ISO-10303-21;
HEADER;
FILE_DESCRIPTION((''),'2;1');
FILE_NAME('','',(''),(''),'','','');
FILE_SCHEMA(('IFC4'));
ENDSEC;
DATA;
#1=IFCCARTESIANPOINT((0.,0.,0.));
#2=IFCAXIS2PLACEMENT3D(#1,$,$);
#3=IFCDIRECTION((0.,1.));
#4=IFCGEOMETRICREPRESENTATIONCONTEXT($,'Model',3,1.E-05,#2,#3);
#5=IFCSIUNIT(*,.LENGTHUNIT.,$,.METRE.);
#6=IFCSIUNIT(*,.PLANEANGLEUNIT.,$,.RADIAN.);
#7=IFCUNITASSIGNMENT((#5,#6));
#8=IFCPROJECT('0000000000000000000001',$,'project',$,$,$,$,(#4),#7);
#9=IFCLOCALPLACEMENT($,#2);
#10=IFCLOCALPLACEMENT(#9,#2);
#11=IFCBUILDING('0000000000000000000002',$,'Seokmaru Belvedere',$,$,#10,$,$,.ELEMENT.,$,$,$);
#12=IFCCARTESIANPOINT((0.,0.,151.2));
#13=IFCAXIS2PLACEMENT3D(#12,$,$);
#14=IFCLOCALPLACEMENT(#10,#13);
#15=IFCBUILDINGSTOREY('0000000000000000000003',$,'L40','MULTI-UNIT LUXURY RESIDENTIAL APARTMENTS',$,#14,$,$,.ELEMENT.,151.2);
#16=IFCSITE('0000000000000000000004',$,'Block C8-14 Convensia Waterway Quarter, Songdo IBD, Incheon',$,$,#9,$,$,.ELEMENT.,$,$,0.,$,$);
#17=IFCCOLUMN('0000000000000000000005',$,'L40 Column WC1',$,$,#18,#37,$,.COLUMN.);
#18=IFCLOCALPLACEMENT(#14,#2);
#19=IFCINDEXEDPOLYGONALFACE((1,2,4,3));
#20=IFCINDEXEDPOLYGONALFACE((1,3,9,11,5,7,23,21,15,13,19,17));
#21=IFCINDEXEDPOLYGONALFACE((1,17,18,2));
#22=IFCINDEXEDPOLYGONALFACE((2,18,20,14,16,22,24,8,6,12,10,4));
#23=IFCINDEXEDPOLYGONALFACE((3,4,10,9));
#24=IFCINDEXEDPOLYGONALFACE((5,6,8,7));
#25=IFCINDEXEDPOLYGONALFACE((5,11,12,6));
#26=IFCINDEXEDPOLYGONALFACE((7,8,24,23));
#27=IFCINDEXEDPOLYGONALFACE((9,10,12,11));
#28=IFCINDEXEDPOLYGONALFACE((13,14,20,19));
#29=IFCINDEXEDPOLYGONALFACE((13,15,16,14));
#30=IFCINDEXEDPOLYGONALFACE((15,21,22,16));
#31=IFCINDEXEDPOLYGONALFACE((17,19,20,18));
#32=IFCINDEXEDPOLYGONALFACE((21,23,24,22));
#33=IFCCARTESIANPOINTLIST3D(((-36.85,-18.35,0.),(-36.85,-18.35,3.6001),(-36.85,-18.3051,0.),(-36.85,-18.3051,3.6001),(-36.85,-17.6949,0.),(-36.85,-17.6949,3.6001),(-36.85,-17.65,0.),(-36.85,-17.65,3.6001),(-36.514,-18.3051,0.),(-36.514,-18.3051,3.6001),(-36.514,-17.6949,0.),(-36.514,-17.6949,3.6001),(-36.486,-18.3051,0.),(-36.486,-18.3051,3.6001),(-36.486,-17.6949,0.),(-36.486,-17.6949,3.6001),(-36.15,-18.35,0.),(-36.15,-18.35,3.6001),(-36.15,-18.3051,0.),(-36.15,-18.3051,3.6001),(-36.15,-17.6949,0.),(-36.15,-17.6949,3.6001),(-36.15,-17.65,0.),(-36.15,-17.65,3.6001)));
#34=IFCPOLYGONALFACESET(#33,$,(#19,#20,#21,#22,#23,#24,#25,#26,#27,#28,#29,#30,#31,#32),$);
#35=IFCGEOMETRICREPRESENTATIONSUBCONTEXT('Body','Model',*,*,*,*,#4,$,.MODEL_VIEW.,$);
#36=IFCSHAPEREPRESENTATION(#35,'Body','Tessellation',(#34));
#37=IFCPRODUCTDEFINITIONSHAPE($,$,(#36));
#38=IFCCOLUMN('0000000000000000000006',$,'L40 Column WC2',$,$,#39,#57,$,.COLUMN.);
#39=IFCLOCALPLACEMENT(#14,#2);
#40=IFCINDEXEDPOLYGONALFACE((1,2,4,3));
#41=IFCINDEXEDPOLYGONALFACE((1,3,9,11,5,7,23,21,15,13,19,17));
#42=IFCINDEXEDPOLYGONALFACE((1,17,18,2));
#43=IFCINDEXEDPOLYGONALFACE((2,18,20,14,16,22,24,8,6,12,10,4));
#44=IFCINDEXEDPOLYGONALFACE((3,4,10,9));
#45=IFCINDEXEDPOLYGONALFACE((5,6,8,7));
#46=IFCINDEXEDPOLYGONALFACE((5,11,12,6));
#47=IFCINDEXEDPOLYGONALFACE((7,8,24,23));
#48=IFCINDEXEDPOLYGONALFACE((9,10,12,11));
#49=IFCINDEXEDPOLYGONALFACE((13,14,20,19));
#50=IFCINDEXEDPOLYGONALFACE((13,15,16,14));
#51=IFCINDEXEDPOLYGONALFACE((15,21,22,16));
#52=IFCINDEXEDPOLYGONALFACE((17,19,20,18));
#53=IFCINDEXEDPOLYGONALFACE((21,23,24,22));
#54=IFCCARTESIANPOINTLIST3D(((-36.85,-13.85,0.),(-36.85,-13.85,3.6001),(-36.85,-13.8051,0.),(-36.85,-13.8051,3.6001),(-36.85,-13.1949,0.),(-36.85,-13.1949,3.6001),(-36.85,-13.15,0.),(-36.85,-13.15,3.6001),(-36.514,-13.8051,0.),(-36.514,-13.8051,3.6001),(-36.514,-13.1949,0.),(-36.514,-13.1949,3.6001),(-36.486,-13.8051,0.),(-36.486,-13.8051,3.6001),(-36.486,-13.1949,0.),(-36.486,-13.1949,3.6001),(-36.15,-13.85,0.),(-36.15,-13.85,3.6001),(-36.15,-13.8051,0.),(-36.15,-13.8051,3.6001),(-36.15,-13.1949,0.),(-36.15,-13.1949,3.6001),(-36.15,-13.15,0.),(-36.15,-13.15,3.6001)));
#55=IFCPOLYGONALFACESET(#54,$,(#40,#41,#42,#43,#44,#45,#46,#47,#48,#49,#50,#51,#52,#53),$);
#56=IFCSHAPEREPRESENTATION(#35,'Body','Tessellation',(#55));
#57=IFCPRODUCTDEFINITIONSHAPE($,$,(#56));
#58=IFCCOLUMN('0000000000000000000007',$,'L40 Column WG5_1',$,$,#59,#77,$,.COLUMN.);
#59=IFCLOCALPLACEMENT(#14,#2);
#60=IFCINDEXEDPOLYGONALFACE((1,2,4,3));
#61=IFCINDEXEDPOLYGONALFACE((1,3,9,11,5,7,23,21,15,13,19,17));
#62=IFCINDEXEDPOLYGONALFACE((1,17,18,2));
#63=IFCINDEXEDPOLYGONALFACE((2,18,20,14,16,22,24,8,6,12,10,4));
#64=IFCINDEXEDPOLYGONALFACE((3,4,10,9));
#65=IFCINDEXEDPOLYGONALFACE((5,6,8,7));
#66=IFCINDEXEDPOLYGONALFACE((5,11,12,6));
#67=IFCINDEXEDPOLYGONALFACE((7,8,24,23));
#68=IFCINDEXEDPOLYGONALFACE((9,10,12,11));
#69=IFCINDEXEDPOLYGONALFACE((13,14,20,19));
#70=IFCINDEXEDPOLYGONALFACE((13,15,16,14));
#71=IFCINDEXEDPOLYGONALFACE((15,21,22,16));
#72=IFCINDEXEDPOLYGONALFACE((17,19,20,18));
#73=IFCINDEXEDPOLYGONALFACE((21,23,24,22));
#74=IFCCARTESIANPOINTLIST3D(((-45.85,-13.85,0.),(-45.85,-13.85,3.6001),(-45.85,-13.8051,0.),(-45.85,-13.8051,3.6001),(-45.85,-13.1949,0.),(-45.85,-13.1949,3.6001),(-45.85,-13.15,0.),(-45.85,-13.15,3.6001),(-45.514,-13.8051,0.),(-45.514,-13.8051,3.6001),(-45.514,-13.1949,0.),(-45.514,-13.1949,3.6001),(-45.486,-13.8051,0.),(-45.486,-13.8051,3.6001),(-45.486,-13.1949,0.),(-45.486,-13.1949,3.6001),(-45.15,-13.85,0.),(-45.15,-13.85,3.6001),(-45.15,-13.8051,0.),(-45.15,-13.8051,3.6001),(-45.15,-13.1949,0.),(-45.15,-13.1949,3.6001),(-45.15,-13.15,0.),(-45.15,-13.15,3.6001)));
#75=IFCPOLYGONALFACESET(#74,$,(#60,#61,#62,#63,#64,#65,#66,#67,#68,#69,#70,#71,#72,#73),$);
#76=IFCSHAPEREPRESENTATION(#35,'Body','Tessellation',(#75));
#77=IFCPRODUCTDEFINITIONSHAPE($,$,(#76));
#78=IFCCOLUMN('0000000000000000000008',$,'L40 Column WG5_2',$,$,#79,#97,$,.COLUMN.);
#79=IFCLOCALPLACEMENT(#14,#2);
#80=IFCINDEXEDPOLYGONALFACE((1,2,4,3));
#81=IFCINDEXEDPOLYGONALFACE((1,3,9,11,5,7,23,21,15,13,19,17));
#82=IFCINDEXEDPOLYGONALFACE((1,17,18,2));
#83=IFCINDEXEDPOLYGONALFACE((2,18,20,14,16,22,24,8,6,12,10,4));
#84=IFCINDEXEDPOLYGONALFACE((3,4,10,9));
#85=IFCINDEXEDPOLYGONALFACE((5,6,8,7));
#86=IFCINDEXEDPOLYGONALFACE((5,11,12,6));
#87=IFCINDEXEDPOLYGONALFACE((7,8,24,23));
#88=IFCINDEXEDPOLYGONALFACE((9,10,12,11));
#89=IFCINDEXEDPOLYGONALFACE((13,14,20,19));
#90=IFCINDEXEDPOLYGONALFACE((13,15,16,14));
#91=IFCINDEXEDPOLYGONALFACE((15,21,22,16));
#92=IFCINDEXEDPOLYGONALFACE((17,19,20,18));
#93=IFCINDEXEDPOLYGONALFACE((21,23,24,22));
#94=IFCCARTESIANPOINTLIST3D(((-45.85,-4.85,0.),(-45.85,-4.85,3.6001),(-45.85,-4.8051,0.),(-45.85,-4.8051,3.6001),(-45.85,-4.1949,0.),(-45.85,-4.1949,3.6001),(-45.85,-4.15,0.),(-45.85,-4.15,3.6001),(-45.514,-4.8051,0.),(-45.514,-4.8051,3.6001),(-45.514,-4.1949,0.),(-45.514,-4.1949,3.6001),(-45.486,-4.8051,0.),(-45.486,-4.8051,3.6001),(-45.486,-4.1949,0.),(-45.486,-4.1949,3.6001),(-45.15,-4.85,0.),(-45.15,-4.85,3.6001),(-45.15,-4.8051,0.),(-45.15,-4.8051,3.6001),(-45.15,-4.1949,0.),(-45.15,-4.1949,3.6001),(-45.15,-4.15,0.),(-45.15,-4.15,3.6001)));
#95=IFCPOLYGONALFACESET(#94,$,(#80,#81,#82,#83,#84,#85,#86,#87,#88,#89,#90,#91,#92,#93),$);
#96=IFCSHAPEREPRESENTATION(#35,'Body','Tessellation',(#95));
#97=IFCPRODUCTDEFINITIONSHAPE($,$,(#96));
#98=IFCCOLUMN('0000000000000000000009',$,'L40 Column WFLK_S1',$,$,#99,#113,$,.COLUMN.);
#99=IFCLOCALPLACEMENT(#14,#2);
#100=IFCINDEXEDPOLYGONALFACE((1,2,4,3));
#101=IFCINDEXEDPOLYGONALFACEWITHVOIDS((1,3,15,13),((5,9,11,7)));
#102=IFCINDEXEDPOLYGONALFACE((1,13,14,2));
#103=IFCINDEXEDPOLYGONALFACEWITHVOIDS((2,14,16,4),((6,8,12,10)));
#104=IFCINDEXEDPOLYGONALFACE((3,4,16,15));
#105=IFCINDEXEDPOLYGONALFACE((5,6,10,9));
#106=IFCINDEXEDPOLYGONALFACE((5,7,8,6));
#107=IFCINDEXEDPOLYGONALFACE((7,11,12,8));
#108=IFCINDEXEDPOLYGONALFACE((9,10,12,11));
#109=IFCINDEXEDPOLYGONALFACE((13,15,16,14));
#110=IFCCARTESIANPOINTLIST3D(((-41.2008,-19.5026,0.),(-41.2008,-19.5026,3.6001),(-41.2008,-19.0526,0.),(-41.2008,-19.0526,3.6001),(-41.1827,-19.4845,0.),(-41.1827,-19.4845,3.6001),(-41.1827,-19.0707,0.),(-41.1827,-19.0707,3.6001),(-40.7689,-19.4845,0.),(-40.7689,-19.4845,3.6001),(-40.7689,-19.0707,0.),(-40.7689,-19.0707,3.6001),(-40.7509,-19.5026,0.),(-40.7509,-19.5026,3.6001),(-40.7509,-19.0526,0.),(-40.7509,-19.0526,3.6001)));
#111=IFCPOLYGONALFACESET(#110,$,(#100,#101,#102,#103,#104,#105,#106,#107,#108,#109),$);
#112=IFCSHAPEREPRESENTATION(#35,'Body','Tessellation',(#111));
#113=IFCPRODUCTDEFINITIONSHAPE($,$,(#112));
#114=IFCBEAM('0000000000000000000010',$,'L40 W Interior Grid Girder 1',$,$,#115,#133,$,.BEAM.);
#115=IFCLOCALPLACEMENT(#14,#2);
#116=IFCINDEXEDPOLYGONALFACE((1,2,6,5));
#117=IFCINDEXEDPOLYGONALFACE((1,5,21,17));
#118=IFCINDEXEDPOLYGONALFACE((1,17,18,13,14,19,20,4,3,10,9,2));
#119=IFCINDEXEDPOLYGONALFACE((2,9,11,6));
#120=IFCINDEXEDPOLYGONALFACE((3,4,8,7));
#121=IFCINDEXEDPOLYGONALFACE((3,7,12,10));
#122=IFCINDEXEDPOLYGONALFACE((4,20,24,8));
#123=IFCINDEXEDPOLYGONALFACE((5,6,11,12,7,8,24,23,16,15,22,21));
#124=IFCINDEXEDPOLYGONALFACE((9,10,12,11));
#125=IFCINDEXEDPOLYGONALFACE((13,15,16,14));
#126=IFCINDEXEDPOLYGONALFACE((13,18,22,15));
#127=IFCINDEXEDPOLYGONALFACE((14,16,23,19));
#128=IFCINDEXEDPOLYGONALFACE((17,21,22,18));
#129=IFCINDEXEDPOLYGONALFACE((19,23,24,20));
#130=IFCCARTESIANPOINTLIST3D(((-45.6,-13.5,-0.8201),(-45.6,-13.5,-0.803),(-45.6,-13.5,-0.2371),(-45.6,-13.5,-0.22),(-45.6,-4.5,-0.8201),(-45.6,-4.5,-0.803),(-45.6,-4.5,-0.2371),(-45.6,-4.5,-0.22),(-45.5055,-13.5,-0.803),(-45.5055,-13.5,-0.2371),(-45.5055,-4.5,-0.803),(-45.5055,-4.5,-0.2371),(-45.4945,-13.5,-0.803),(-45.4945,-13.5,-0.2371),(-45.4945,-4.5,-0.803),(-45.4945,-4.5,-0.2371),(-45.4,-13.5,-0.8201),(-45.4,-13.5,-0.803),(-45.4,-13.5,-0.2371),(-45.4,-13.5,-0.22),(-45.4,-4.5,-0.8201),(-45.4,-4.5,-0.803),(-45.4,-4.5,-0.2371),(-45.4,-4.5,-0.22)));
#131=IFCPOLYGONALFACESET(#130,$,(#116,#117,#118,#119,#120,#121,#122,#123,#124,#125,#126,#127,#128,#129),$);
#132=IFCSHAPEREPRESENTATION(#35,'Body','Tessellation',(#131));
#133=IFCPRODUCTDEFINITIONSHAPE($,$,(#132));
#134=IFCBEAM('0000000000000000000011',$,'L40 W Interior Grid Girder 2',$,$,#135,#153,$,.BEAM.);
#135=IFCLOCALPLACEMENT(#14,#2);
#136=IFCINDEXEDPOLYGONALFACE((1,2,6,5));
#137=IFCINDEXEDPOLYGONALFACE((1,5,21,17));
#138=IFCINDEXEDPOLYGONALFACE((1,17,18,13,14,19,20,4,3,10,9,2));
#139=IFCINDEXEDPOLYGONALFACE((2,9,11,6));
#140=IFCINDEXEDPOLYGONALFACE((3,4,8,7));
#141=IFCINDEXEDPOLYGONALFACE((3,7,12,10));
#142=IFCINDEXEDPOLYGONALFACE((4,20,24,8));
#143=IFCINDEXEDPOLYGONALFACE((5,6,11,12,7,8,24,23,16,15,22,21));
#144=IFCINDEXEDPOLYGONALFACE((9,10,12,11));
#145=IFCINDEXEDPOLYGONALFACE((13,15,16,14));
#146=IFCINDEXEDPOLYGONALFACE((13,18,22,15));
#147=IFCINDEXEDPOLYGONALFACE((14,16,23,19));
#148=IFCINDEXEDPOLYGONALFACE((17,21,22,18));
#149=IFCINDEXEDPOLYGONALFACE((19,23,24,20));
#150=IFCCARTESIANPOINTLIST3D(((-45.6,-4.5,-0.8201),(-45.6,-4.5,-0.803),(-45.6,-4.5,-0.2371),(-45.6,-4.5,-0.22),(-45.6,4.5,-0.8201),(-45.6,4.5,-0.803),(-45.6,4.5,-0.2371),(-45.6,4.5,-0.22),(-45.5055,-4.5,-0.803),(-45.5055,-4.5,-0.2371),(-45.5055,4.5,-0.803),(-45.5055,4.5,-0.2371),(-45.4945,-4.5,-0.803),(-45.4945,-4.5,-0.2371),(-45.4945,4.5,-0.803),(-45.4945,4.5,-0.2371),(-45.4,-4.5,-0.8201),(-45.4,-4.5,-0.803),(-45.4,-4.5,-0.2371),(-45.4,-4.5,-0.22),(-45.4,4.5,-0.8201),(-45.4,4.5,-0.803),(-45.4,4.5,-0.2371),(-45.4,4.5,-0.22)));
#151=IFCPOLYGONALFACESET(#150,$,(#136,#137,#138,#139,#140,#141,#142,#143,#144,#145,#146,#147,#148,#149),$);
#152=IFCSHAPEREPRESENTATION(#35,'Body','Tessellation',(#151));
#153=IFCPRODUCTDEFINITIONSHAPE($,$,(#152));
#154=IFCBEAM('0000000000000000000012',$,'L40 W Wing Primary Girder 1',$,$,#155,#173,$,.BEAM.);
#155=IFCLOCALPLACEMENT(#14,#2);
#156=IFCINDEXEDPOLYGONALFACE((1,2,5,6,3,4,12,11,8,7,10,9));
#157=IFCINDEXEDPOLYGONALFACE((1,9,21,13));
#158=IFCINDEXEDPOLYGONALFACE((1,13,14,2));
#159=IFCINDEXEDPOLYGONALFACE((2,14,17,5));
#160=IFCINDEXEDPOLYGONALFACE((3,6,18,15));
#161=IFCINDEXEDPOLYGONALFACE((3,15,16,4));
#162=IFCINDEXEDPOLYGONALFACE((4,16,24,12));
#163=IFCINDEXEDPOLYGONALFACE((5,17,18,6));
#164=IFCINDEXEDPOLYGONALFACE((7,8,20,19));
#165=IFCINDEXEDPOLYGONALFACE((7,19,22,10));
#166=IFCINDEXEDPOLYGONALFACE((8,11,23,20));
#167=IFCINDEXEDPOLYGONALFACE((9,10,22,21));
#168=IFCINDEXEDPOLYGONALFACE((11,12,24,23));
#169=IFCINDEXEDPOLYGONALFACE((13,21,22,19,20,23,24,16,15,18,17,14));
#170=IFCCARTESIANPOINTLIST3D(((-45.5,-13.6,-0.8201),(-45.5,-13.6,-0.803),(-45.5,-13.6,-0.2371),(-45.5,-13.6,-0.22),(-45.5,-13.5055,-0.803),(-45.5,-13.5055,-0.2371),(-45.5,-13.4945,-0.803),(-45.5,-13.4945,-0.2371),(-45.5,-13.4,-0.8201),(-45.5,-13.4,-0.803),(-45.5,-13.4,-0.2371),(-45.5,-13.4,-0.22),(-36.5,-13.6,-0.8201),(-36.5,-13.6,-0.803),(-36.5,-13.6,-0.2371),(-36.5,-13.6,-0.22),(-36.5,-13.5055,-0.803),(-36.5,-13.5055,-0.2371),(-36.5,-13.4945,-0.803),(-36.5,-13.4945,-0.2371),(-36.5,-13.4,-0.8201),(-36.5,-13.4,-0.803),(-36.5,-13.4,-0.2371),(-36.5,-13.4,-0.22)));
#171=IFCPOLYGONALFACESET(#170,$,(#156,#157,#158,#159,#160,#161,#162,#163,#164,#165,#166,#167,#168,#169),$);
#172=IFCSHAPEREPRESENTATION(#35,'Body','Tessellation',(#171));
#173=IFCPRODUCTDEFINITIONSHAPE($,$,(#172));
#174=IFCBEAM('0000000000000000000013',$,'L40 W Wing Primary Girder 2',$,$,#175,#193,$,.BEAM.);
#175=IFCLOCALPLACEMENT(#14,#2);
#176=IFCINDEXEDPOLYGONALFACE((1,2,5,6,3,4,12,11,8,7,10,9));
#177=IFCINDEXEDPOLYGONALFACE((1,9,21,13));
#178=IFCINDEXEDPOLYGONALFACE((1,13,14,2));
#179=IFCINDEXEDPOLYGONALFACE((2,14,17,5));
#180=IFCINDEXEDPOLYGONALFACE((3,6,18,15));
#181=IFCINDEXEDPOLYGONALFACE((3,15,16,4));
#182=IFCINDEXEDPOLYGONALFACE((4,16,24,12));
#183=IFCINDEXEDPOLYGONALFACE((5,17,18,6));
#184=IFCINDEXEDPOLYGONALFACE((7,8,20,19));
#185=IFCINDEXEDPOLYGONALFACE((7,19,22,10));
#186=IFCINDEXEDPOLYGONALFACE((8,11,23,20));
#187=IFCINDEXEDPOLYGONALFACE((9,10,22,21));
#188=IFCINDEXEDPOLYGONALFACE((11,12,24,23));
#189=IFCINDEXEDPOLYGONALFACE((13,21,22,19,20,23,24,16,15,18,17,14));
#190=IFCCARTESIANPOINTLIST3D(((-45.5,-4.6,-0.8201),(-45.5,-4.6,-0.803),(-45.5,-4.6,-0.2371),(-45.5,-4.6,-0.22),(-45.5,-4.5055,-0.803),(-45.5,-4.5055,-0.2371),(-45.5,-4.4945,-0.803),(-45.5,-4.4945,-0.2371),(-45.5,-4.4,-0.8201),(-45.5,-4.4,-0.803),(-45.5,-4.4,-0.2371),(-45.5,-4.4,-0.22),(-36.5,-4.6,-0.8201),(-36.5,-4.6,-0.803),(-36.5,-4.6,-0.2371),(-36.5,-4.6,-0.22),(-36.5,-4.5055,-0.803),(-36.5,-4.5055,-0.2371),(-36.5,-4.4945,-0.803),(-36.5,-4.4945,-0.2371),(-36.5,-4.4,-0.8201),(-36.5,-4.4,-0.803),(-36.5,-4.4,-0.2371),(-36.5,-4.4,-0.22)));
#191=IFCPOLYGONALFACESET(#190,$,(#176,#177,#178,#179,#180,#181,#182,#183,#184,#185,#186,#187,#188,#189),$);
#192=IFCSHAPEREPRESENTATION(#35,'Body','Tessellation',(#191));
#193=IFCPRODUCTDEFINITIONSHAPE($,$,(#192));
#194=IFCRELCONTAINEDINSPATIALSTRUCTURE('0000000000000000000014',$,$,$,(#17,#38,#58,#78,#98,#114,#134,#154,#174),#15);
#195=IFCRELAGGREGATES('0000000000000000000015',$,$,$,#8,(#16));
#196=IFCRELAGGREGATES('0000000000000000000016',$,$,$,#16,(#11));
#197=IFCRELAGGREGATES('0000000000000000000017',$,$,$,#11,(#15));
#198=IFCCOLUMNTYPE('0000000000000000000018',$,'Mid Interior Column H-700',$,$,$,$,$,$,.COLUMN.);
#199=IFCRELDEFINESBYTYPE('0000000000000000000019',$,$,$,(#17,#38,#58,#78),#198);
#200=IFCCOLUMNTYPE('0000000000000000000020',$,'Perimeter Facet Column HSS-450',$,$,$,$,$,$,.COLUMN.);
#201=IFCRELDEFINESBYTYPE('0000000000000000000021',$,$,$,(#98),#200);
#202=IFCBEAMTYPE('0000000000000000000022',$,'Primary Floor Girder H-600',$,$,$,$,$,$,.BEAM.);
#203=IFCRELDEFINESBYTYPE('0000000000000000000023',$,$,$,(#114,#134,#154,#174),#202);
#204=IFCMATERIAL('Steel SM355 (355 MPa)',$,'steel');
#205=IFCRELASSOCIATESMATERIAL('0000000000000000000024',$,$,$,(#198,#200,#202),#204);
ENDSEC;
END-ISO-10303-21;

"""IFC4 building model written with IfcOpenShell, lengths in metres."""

from ifc_helpers import new_model, si_unit, direction, frame, origin, origin_2d, place, context, subcontext, project, spatial, hollow_rectangle, i_section, extrude, source, transform, mapped, material, material_profile, profile_set, type_object, type_shapes, element, save


model = new_model("IFC4")

# Units and contexts
model_context = context("Model", 3, precision=1e-05, world=origin(), true_north=direction((0.0, 1.0)))
body_context = subcontext(model_context, "Body", "Model", "MODEL_VIEW")
ifc_project = project(units=[si_unit("LENGTHUNIT", "METRE"), si_unit("PLANEANGLEUNIT", "RADIAN")], contexts=[model_context])

# Site, building, storey
site_placement = place(None, origin())
site = spatial("IfcSite", under=ifc_project, at=site_placement, Name="Block C8-14 Convensia Waterway Quarter, Songdo IBD, Incheon", CompositionType="ELEMENT", RefElevation=0.0)
building_placement = place(site_placement, origin())
building = spatial("IfcBuilding", under=site, at=building_placement, Name="Seokmaru Belvedere", CompositionType="ELEMENT")
storey_placement = place(building_placement, frame((0.0, 0.0, 151.2)))
storey = spatial("IfcBuildingStorey", under=building, at=storey_placement, Name="L40", Description="MULTI-UNIT LUXURY RESIDENTIAL APARTMENTS", CompositionType="ELEMENT", Elevation=151.2)

# Columns
ifc_material_1 = material(Name="Steel SM355 (355 MPa)", Category="steel")
ifc_material_profile_1 = material_profile(ifc_material_1, i_section(OverallWidth=0.7, OverallDepth=0.7, WebThickness=0.0281, FlangeThickness=0.0449, at=origin_2d()), Name="H-700x700x28x45")
ifc_profile_set_1 = profile_set([ifc_material_profile_1], Name="Steel SM355 (355 MPa)")
column_type_1 = type_object("IfcColumnType", Name="Mid Interior Column H-700", PredefinedType="COLUMN", material=ifc_profile_set_1)
shared_shape_1 = source(origin(), body_context, "Body", "SweptSolid", [
    extrude(i_section(OverallWidth=0.7, OverallDepth=0.7, WebThickness=0.0281, FlangeThickness=0.0449, at=origin_2d()), origin(), (0.0, 0.0, 1.0), 3.6001),
])
type_shapes(column_type_1, [shared_shape_1])
for number, where, z_axis, x_axis, name in (
    (1, (-36.5, -18.0, 0.0), (0.0, 0.0, 1.0), (1.0, 0.0, 0.0), "L40 Column WC1"),
    (2, (-36.5, -13.5, 0.0), (0.0, 0.0, 1.0), (1.0, 0.0, 0.0), "L40 Column WC2"),
    (3, (-45.5, -13.5, 0.0), (0.0, 0.0, 1.0), (1.0, 0.0, 0.0), "L40 Column WG5_1"),
    (4, (-45.5, -4.5, 0.0), (0.0, 0.0, 1.0), (1.0, 0.0, 0.0), "L40 Column WG5_2"),
):
    element("IfcColumn", number, at=place(storey_placement, frame(where, z_axis=z_axis, x_axis=x_axis)), inside=storey, type_object=column_type_1, Name=name, PredefinedType="COLUMN", context=body_context, shape_type="MappedRepresentation", body=[
        mapped(shared_shape_1, transform((0.0, 0.0, 0.0), scale=1.0)),
    ])
ifc_material_profile_2 = material_profile(ifc_material_1, hollow_rectangle(XDim=0.45, YDim=0.45, WallThickness=0.0181, at=origin_2d()), Name="HSS-450x450x18")
ifc_profile_set_2 = profile_set([ifc_material_profile_2], Name="Steel SM355 (355 MPa)")
column_type_2 = type_object("IfcColumnType", Name="Perimeter Facet Column HSS-450", PredefinedType="COLUMN", material=ifc_profile_set_2)
shared_shape_2 = source(origin(), body_context, "Body", "SweptSolid", [
    extrude(hollow_rectangle(XDim=0.45, YDim=0.45, WallThickness=0.0181, at=origin_2d()), origin(), (0.0, 0.0, 1.0), 3.6001),
])
type_shapes(column_type_2, [shared_shape_2])
column_placement = place(storey_placement, frame((-40.9758, -19.2776, 0.0), z_axis=(0.0, 0.0, 1.0), x_axis=(1.0, 0.0, 0.0)))
element("IfcColumn", 5, at=column_placement, inside=storey, type_object=column_type_2, Name="L40 Column WFLK_S1", PredefinedType="COLUMN", context=body_context, shape_type="MappedRepresentation", body=[
    mapped(shared_shape_2, transform((0.0, 0.0, 0.0), scale=1.0)),
])

# Beams
ifc_material_profile_3 = material_profile(ifc_material_1, i_section(OverallWidth=0.2, OverallDepth=0.6001, WebThickness=0.011, FlangeThickness=0.0171, at=origin_2d()), Name="H-600x200x11x17")
ifc_profile_set_3 = profile_set([ifc_material_profile_3], Name="Steel SM355 (355 MPa)")
beam_type_1 = type_object("IfcBeamType", Name="Primary Floor Girder H-600", PredefinedType="BEAM", material=ifc_profile_set_3)
shared_shape_3 = source(origin(), body_context, "Body", "SweptSolid", [
    extrude(i_section(OverallWidth=0.2, OverallDepth=0.6001, WebThickness=0.011, FlangeThickness=0.0171, at=origin_2d()), origin(), (0.0, 0.0, 1.0), 9.0),
])
for number, where, z_axis, x_axis, name in (
    (6, (-45.5, -13.5, -0.52), (0.0, 1.0, 0.0), (-1.0, 0.0, 0.0), "L40 W Interior Grid Girder 1"),
    (7, (-45.5, -4.5, -0.52), (0.0, 1.0, 0.0), (-1.0, 0.0, 0.0), "L40 W Interior Grid Girder 2"),
    (8, (-45.5, -13.5, -0.52), (1.0, 0.0, 0.0), (0.0, 1.0, 0.0), "L40 W Wing Primary Girder 1"),
    (9, (-45.5, -4.5, -0.52), (1.0, 0.0, 0.0), (0.0, 1.0, 0.0), "L40 W Wing Primary Girder 2"),
):
    element("IfcBeam", number, at=place(storey_placement, frame(where, z_axis=z_axis, x_axis=x_axis)), inside=storey, type_object=beam_type_1, Name=name, PredefinedType="BEAM", context=body_context, shape_type="MappedRepresentation", body=[
        mapped(shared_shape_3, transform((0.0, 0.0, 0.0), scale=1.0)),
    ])

save(model, "model.ifc")
